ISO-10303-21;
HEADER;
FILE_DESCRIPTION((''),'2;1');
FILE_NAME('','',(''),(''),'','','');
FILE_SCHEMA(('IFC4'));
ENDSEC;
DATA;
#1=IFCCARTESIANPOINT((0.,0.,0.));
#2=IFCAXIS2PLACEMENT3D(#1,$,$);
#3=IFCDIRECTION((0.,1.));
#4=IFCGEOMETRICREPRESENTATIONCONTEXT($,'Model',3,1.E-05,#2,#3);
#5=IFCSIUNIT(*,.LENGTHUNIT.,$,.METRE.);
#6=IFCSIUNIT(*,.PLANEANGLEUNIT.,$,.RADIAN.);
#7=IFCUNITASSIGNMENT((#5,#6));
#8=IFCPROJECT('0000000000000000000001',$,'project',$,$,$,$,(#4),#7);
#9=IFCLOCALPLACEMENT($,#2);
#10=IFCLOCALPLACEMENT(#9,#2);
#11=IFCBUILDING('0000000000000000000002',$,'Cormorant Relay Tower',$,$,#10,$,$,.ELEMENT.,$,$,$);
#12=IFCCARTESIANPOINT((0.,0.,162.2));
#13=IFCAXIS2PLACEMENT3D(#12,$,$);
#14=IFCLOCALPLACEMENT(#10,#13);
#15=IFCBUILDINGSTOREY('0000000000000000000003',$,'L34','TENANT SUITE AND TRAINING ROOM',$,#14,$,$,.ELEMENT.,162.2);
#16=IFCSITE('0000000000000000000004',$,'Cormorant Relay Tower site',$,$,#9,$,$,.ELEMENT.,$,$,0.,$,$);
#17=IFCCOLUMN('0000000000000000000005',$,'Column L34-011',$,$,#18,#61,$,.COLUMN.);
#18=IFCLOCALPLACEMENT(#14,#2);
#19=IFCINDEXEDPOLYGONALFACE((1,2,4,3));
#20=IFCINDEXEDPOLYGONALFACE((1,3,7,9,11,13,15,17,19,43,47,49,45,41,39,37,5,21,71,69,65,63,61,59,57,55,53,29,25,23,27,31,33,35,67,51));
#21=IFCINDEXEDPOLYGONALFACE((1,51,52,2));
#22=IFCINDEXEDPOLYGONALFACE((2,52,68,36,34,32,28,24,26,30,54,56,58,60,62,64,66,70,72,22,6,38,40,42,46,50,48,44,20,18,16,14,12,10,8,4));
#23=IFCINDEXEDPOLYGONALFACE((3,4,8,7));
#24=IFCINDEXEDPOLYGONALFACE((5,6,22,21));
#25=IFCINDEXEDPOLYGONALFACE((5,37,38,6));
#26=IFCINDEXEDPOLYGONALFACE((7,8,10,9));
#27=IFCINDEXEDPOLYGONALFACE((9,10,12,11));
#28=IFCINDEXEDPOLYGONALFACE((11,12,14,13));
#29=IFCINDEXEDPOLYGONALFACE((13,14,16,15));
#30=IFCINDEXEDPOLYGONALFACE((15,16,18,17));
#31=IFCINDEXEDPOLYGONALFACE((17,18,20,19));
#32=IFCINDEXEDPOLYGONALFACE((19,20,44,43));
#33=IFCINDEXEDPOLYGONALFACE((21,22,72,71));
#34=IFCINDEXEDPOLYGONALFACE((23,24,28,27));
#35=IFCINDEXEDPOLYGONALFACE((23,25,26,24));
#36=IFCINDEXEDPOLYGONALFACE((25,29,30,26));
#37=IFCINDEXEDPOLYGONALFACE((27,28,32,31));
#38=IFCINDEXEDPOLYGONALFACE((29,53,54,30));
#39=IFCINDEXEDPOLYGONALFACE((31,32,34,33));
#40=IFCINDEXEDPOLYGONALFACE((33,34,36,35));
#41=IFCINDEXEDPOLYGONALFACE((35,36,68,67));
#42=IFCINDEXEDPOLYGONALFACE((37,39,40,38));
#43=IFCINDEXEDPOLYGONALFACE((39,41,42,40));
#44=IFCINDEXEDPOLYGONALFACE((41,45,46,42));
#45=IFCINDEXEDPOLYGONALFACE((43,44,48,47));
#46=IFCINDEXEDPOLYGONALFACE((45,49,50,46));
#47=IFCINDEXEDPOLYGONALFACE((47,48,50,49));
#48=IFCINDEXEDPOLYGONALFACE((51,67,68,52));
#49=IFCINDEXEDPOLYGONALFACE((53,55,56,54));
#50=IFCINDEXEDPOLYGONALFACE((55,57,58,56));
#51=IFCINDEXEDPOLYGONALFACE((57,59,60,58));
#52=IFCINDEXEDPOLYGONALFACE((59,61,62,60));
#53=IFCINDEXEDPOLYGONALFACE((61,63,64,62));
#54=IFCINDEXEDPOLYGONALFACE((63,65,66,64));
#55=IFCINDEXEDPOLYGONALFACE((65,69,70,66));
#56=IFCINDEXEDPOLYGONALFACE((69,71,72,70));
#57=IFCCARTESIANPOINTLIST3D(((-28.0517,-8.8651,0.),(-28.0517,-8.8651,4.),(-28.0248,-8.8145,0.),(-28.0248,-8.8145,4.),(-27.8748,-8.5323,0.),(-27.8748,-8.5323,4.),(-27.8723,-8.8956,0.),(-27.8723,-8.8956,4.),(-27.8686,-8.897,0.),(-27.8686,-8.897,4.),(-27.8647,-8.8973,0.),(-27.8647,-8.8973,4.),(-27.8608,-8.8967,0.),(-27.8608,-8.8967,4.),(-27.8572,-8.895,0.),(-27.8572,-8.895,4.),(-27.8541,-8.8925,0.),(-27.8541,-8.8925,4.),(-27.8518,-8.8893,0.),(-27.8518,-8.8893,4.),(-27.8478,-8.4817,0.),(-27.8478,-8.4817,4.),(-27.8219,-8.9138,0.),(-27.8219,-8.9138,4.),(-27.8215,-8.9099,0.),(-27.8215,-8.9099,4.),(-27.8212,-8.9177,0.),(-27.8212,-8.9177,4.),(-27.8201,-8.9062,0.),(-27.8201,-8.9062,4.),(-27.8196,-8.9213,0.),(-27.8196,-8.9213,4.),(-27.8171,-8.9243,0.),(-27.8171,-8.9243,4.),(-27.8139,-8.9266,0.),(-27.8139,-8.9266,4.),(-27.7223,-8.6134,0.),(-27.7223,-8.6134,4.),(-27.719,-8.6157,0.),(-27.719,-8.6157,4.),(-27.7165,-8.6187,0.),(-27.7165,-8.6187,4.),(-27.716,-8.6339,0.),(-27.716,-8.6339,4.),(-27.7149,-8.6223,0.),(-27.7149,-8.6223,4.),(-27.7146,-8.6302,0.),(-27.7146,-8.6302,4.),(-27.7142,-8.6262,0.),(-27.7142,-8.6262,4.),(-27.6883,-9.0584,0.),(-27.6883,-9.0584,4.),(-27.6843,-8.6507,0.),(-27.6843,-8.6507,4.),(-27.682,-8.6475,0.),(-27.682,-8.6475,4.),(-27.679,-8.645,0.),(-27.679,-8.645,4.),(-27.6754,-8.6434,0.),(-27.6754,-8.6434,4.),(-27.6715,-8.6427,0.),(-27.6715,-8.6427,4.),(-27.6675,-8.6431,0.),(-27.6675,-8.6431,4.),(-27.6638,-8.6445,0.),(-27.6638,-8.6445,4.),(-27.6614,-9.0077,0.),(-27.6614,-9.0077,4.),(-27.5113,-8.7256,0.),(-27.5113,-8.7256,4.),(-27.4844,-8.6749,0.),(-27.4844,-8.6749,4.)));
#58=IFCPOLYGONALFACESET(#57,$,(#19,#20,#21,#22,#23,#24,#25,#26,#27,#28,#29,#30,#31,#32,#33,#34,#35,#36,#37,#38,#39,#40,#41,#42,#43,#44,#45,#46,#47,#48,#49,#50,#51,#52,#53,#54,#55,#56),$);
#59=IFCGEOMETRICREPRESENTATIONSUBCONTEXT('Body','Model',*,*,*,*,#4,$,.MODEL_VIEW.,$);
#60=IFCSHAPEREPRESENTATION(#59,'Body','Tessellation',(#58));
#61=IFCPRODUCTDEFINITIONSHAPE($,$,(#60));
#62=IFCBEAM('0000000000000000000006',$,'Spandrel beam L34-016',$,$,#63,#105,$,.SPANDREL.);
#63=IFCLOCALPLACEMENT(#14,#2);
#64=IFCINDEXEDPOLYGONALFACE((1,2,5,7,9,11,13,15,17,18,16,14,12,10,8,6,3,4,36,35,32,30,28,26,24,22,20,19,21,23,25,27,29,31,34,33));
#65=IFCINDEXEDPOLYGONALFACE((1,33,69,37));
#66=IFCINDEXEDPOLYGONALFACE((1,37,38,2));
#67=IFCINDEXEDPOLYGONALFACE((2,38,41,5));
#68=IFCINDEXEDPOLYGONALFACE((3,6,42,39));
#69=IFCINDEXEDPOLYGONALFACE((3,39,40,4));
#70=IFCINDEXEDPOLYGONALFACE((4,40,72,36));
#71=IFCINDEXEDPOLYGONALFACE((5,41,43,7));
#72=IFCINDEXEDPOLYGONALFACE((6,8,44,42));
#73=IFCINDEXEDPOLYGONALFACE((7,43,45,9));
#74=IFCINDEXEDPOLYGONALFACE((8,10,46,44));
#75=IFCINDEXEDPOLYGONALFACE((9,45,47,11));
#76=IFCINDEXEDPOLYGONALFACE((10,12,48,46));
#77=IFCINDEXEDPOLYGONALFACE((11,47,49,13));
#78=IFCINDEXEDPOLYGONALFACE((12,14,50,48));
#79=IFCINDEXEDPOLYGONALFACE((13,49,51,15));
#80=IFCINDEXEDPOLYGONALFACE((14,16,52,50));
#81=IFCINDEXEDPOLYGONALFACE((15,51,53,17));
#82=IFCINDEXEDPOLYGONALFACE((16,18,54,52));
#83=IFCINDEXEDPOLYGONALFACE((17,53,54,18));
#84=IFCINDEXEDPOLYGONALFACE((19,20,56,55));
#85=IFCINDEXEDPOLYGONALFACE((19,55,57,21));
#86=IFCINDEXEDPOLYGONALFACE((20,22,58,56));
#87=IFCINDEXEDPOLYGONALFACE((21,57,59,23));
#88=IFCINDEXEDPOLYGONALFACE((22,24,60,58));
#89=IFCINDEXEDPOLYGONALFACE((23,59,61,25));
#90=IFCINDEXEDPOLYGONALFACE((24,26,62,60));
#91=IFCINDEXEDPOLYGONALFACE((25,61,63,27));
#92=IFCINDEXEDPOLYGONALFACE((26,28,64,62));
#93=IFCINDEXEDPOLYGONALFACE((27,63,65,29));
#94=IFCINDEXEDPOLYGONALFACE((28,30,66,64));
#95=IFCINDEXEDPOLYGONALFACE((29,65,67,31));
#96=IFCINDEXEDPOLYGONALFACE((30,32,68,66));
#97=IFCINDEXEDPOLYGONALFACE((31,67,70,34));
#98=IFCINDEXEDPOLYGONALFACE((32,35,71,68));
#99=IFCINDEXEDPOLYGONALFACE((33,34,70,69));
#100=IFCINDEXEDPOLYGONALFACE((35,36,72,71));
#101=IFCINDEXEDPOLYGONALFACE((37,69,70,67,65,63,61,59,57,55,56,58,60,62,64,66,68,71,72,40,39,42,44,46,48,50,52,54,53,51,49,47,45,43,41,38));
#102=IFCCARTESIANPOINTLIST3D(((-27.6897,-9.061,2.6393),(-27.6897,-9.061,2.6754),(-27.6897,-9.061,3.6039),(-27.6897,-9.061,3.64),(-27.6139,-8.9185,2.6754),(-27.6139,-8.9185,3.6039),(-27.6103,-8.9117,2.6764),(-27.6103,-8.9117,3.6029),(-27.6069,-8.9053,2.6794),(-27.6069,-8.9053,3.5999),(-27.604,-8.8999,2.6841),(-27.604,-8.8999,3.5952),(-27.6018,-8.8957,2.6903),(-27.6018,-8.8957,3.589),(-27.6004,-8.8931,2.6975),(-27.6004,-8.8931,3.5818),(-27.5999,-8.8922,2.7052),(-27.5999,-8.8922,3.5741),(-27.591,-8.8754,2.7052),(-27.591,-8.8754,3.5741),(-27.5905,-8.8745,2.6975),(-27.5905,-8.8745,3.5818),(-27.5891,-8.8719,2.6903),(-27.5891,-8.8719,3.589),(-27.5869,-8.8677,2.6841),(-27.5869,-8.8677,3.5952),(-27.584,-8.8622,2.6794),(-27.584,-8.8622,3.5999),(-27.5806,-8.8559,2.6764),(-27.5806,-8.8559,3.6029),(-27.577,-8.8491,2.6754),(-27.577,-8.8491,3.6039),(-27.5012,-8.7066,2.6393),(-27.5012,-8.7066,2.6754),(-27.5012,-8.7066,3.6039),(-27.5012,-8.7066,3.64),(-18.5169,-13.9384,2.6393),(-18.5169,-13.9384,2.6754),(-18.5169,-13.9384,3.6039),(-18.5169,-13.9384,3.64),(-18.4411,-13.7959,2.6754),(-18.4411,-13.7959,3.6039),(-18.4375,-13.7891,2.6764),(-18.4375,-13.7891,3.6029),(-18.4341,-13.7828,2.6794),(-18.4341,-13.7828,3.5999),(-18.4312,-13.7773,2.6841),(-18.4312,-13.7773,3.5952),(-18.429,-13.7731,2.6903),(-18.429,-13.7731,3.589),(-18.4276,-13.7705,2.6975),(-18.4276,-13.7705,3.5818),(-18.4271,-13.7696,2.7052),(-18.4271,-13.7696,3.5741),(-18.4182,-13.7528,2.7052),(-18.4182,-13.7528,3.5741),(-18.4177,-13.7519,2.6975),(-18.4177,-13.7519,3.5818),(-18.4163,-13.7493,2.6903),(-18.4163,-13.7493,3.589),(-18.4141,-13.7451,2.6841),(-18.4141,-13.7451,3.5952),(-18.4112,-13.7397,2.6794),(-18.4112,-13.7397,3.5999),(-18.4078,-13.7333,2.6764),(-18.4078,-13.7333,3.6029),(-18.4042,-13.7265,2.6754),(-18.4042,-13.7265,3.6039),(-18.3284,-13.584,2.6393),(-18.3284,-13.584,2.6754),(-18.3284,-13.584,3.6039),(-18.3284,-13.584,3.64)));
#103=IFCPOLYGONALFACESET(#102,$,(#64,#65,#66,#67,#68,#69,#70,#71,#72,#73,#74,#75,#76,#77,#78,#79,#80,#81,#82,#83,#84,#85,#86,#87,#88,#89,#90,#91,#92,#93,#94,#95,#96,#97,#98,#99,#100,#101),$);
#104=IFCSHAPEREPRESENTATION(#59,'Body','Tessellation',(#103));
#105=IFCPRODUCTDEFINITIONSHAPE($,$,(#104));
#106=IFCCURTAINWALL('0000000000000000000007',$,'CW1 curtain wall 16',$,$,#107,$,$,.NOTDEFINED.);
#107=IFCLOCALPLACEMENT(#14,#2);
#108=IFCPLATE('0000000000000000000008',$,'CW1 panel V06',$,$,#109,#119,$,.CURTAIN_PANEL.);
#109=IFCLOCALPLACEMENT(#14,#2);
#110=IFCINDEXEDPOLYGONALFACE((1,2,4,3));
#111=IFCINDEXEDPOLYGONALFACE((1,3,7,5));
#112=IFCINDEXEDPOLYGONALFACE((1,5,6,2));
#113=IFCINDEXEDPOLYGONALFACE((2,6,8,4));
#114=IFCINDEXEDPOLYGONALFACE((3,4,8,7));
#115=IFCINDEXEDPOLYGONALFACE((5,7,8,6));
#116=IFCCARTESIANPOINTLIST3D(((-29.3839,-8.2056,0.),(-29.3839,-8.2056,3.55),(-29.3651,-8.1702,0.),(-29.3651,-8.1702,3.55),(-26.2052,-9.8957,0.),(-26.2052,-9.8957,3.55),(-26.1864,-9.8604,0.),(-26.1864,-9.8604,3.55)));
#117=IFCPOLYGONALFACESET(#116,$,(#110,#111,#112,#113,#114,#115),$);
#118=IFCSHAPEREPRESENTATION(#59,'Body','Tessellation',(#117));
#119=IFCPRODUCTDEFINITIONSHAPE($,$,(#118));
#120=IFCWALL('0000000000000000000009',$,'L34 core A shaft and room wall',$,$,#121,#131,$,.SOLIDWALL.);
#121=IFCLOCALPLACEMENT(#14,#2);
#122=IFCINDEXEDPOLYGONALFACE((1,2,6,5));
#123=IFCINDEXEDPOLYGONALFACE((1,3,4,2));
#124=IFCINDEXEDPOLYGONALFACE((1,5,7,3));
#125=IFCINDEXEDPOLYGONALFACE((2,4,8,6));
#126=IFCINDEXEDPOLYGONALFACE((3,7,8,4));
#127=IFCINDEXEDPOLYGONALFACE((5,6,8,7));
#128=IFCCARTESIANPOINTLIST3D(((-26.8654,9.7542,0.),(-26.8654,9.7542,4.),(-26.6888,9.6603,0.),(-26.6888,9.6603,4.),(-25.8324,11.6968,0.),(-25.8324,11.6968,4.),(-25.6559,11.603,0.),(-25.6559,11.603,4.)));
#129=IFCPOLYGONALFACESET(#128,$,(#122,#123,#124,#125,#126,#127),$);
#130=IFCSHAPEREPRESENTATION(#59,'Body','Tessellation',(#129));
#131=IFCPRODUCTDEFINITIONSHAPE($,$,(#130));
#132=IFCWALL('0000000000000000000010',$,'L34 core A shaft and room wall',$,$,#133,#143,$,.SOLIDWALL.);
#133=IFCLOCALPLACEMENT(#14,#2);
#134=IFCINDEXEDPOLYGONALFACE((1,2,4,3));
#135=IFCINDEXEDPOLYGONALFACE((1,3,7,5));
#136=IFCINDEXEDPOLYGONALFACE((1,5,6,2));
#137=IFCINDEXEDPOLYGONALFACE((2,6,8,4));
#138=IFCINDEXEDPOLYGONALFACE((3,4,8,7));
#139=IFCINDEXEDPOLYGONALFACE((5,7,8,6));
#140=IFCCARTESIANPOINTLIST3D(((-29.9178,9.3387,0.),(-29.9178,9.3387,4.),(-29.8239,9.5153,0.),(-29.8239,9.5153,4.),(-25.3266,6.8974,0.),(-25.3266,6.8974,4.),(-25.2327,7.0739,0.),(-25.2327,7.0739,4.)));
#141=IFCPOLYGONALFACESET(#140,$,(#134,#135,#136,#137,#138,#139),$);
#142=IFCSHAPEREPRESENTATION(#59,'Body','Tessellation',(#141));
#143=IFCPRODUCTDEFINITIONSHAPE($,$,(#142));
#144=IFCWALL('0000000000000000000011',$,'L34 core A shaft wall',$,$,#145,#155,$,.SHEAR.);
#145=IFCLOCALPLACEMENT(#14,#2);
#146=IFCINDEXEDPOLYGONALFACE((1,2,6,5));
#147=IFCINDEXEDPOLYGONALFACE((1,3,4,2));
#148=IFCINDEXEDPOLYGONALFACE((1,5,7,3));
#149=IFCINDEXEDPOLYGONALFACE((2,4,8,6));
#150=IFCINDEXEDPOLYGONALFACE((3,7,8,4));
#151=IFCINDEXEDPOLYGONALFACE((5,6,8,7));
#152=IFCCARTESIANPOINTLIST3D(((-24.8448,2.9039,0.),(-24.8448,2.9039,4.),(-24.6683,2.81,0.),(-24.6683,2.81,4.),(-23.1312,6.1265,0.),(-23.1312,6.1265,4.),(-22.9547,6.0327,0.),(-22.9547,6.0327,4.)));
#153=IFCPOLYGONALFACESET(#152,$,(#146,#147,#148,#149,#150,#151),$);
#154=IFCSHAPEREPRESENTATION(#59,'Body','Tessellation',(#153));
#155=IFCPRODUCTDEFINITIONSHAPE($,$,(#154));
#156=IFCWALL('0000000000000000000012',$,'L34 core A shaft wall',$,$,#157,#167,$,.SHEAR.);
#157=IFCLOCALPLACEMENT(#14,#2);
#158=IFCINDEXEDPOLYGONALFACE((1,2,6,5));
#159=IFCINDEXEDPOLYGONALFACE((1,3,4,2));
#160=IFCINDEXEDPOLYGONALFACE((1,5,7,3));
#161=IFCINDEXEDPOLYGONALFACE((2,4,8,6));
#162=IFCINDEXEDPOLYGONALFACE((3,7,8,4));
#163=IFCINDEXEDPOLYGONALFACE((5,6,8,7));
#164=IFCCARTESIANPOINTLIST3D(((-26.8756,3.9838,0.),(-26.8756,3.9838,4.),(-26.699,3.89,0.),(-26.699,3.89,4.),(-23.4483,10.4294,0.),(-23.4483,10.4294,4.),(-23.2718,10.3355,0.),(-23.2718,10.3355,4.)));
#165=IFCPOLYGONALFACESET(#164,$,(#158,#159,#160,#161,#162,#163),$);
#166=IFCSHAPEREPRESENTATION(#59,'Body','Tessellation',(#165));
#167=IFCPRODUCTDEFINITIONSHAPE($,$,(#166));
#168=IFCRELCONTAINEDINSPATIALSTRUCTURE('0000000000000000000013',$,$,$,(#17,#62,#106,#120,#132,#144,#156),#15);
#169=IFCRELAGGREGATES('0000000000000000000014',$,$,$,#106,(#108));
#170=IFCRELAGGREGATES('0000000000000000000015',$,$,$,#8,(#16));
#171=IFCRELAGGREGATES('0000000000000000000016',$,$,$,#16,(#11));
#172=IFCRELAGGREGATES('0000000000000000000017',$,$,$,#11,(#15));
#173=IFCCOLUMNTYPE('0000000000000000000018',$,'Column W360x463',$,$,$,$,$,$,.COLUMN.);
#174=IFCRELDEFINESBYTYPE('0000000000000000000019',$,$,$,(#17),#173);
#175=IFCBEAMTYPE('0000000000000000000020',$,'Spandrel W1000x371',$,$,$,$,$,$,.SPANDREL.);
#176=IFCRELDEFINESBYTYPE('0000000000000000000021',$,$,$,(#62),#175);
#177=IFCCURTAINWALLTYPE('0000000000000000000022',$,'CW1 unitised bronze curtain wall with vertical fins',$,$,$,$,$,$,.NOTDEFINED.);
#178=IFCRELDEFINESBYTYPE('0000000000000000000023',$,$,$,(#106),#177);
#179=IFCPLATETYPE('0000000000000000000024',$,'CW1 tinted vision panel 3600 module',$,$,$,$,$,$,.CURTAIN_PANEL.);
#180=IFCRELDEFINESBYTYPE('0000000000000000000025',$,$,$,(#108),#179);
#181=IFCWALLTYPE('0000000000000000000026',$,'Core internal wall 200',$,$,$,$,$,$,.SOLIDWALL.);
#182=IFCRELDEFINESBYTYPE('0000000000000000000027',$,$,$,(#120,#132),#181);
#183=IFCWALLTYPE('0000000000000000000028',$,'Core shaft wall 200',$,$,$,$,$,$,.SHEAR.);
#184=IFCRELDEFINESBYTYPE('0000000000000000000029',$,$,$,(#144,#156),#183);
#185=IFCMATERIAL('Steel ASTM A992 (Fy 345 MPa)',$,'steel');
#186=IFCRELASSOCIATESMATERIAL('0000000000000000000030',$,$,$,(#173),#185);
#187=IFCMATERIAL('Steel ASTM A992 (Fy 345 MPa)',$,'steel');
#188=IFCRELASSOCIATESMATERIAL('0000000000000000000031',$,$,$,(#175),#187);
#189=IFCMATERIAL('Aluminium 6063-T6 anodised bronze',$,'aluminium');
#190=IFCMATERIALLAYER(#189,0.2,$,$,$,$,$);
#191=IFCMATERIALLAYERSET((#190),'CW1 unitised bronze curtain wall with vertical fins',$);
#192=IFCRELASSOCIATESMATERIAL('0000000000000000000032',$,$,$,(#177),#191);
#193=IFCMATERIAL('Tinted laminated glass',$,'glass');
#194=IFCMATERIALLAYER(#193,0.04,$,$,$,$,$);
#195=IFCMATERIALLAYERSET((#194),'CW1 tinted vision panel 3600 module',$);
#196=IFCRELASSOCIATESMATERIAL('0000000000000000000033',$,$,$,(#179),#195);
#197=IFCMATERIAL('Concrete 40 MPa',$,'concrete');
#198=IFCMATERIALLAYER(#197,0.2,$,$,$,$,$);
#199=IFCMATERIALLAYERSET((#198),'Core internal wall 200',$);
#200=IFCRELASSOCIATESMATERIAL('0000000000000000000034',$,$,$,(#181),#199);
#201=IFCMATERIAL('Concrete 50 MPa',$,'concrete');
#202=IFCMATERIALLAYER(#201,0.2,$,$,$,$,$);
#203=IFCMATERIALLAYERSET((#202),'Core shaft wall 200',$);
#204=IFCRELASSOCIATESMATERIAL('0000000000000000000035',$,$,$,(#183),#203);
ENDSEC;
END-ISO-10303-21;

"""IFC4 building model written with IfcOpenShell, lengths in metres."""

from ifc_helpers import new_model, si_unit, direction, frame, frame_2d, origin, origin_2d, place, context, subcontext, project, spatial, rectangle, i_section, extrude, material, layer, layer_set, material_profile, profile_set, type_object, element, aggregate, save


model = new_model("IFC4")

# Units and contexts
model_context = context("Model", 3, precision=1e-05, world=origin(), true_north=direction((0.0, 1.0)))
body_context = subcontext(model_context, "Body", "Model", "MODEL_VIEW")
ifc_project = project(units=[si_unit("LENGTHUNIT", "METRE"), si_unit("PLANEANGLEUNIT", "RADIAN")], contexts=[model_context])

# Site, building, storey
site_placement = place(None, origin())
site = spatial("IfcSite", under=ifc_project, at=site_placement, Name="Cormorant Relay Tower site", CompositionType="ELEMENT", RefElevation=0.0)
building_placement = place(site_placement, origin())
building = spatial("IfcBuilding", under=site, at=building_placement, Name="Cormorant Relay Tower", CompositionType="ELEMENT")
storey_placement = place(building_placement, frame((0.0, 0.0, 162.2)))
storey = spatial("IfcBuildingStorey", under=building, at=storey_placement, Name="L34", Description="TENANT SUITE AND TRAINING ROOM", CompositionType="ELEMENT", Elevation=162.2)

# Column
ifc_material_1 = material(Name="Steel ASTM A992 (Fy 345 MPa)", Category="steel")
ifc_material_profile_1 = material_profile(ifc_material_1, i_section(OverallWidth=0.4116, OverallDepth=0.4343, WebThickness=0.0359, FlangeThickness=0.0574, FilletRadius=0.0151, at=origin_2d()), Name="W360x463")
ifc_profile_set_1 = profile_set([ifc_material_profile_1], Name="Steel ASTM A992 (Fy 345 MPa)")
column_type = type_object("IfcColumnType", Name="Column W360x463", PredefinedType="COLUMN", material=ifc_profile_set_1)
column_placement = place(storey_placement, frame((-27.7681, -8.77, 0.0), z_axis=(0.0, 0.0, 1.0), x_axis=(0.882948, -0.469472, 0.0)))
element("IfcColumn", 1, at=column_placement, inside=storey, type_object=column_type, Name="Column L34-011", PredefinedType="COLUMN", context=body_context, shape_type="SweptSolid", body=[
    extrude(i_section(OverallWidth=0.4116, OverallDepth=0.4343, WebThickness=0.0359, FlangeThickness=0.0574, FilletRadius=0.0151, at=origin_2d()), origin(), (0.0, 0.0, 1.0), 4.0),
])

# Beam
ifc_material_2 = material(Name="Steel ASTM A992 (Fy 345 MPa)", Category="steel")
ifc_material_profile_2 = material_profile(ifc_material_2, i_section(OverallWidth=0.4014, OverallDepth=1.0007, WebThickness=0.019, FlangeThickness=0.0361, FilletRadius=0.0298, at=origin_2d()), Name="W1000x371")
ifc_profile_set_2 = profile_set([ifc_material_profile_2], Name="Steel ASTM A992 (Fy 345 MPa)")
beam_type = type_object("IfcBeamType", Name="Spandrel W1000x371", PredefinedType="SPANDREL", material=ifc_profile_set_2)
beam_placement = place(storey_placement, frame((-27.5955, -8.8838, 3.1396), z_axis=(0.882942, -0.469483, 0.0), x_axis=(0.469483, 0.882942, 0.0)))
element("IfcBeam", 2, at=beam_placement, inside=storey, type_object=beam_type, Name="Spandrel beam L34-016", PredefinedType="SPANDREL", context=body_context, shape_type="SweptSolid", body=[
    extrude(i_section(OverallWidth=0.4014, OverallDepth=1.0007, WebThickness=0.019, FlangeThickness=0.0361, FilletRadius=0.0298, at=origin_2d()), origin(), (0.0, 0.0, 1.0), 10.3889),
])

# Curtain wall, plate
ifc_material_3 = material(Name="Aluminium 6063-T6 anodised bronze", Category="aluminium")
ifc_layer_1 = layer(ifc_material_3, 0.2)
ifc_layer_set_1 = layer_set([ifc_layer_1], Name="CW1 unitised bronze curtain wall with vertical fins")
curtain_wall_type = type_object("IfcCurtainWallType", Name="CW1 unitised bronze curtain wall with vertical fins", PredefinedType="NOTDEFINED", material=ifc_layer_set_1)
curtain_wall_placement = place(storey_placement, origin())
curtain_wall = element("IfcCurtainWall", 3, at=curtain_wall_placement, inside=storey, type_object=curtain_wall_type, Name="CW1 curtain wall 16", PredefinedType="NOTDEFINED")
ifc_material_4 = material(Name="Tinted laminated glass", Category="glass")
ifc_layer_2 = layer(ifc_material_4, 0.04)
ifc_layer_set_2 = layer_set([ifc_layer_2], Name="CW1 tinted vision panel 3600 module")
plate_type = type_object("IfcPlateType", Name="CW1 tinted vision panel 3600 module", PredefinedType="CURTAIN_PANEL", material=ifc_layer_set_2)
plate_placement = place(storey_placement, frame((-27.7852, -9.033, 0.0), z_axis=(0.0, 0.0, 1.0), x_axis=(0.882948, -0.469472, 0.0)))
plate = element("IfcPlate", 4, at=plate_placement, type_object=plate_type, Name="CW1 panel V06", PredefinedType="CURTAIN_PANEL", context=body_context, shape_type="SweptSolid", body=[
    extrude(rectangle(XDim=3.6001, YDim=0.04, at=origin_2d()), origin(), (0.0, 0.0, 1.0), 3.55),
])
aggregate(curtain_wall, [plate])

# Walls
ifc_material_5 = material(Name="Concrete 40 MPa", Category="concrete")
ifc_layer_3 = layer(ifc_material_5, 0.2)
ifc_layer_set_3 = layer_set([ifc_layer_3], Name="Core internal wall 200")
wall_type_1 = type_object("IfcWallType", Name="Core internal wall 200", PredefinedType="SOLIDWALL", material=ifc_layer_set_3)
wall_1_placement = place(storey_placement, frame((-25.7441, 11.6499, 0.0), z_axis=(0.0, 0.0, 1.0), x_axis=(-0.469488, -0.882939, 0.0)))
element("IfcWall", 5, at=wall_1_placement, inside=storey, type_object=wall_type_1, Name="L34 core A shaft and room wall", PredefinedType="SOLIDWALL", context=body_context, shape_type="SweptSolid", body=[
    extrude(rectangle(XDim=2.2002, YDim=0.2, at=frame_2d((1.1001, 0.0))), origin(), (0.0, 0.0, 1.0), 4.0),
])
wall_2_placement = place(storey_placement, frame((-25.2795, 6.9856, 0.0), z_axis=(0.0, 0.0, 1.0), x_axis=(-0.882935, 0.469496, 0.0)))
element("IfcWall", 6, at=wall_2_placement, inside=storey, type_object=wall_type_1, Name="L34 core A shaft and room wall", PredefinedType="SOLIDWALL", context=body_context, shape_type="SweptSolid", body=[
    extrude(rectangle(XDim=5.2, YDim=0.2, at=frame_2d((2.6001, 0.0))), origin(), (0.0, 0.0, 1.0), 4.0),
])
ifc_material_6 = material(Name="Concrete 50 MPa", Category="concrete")
ifc_layer_4 = layer(ifc_material_6, 0.2)
ifc_layer_set_4 = layer_set([ifc_layer_4], Name="Core shaft wall 200")
wall_type_2 = type_object("IfcWallType", Name="Core shaft wall 200", PredefinedType="SHEAR", material=ifc_layer_set_4)
wall_3_placement = place(storey_placement, frame((-23.043, 6.0796, 0.0), z_axis=(0.0, 0.0, 1.0), x_axis=(-0.469494, -0.882936, 0.0)))
element("IfcWall", 7, at=wall_3_placement, inside=storey, type_object=wall_type_2, Name="L34 core A shaft wall", PredefinedType="SHEAR", context=body_context, shape_type="SweptSolid", body=[
    extrude(rectangle(XDim=3.6499, YDim=0.2, at=frame_2d((1.825, 0.0))), origin(), (0.0, 0.0, 1.0), 4.0),
])
wall_4_placement = place(storey_placement, frame((-23.3601, 10.3823, 0.0), z_axis=(0.0, 0.0, 1.0), x_axis=(-0.46948, -0.882943, 0.0)))
element("IfcWall", 8, at=wall_4_placement, inside=storey, type_object=wall_type_2, Name="L34 core A shaft wall", PredefinedType="SHEAR", context=body_context, shape_type="SweptSolid", body=[
    extrude(rectangle(XDim=7.3, YDim=0.2, at=frame_2d((3.6499, 0.0))), origin(), (0.0, 0.0, 1.0), 4.0),
])

save(model, "model.ifc")
